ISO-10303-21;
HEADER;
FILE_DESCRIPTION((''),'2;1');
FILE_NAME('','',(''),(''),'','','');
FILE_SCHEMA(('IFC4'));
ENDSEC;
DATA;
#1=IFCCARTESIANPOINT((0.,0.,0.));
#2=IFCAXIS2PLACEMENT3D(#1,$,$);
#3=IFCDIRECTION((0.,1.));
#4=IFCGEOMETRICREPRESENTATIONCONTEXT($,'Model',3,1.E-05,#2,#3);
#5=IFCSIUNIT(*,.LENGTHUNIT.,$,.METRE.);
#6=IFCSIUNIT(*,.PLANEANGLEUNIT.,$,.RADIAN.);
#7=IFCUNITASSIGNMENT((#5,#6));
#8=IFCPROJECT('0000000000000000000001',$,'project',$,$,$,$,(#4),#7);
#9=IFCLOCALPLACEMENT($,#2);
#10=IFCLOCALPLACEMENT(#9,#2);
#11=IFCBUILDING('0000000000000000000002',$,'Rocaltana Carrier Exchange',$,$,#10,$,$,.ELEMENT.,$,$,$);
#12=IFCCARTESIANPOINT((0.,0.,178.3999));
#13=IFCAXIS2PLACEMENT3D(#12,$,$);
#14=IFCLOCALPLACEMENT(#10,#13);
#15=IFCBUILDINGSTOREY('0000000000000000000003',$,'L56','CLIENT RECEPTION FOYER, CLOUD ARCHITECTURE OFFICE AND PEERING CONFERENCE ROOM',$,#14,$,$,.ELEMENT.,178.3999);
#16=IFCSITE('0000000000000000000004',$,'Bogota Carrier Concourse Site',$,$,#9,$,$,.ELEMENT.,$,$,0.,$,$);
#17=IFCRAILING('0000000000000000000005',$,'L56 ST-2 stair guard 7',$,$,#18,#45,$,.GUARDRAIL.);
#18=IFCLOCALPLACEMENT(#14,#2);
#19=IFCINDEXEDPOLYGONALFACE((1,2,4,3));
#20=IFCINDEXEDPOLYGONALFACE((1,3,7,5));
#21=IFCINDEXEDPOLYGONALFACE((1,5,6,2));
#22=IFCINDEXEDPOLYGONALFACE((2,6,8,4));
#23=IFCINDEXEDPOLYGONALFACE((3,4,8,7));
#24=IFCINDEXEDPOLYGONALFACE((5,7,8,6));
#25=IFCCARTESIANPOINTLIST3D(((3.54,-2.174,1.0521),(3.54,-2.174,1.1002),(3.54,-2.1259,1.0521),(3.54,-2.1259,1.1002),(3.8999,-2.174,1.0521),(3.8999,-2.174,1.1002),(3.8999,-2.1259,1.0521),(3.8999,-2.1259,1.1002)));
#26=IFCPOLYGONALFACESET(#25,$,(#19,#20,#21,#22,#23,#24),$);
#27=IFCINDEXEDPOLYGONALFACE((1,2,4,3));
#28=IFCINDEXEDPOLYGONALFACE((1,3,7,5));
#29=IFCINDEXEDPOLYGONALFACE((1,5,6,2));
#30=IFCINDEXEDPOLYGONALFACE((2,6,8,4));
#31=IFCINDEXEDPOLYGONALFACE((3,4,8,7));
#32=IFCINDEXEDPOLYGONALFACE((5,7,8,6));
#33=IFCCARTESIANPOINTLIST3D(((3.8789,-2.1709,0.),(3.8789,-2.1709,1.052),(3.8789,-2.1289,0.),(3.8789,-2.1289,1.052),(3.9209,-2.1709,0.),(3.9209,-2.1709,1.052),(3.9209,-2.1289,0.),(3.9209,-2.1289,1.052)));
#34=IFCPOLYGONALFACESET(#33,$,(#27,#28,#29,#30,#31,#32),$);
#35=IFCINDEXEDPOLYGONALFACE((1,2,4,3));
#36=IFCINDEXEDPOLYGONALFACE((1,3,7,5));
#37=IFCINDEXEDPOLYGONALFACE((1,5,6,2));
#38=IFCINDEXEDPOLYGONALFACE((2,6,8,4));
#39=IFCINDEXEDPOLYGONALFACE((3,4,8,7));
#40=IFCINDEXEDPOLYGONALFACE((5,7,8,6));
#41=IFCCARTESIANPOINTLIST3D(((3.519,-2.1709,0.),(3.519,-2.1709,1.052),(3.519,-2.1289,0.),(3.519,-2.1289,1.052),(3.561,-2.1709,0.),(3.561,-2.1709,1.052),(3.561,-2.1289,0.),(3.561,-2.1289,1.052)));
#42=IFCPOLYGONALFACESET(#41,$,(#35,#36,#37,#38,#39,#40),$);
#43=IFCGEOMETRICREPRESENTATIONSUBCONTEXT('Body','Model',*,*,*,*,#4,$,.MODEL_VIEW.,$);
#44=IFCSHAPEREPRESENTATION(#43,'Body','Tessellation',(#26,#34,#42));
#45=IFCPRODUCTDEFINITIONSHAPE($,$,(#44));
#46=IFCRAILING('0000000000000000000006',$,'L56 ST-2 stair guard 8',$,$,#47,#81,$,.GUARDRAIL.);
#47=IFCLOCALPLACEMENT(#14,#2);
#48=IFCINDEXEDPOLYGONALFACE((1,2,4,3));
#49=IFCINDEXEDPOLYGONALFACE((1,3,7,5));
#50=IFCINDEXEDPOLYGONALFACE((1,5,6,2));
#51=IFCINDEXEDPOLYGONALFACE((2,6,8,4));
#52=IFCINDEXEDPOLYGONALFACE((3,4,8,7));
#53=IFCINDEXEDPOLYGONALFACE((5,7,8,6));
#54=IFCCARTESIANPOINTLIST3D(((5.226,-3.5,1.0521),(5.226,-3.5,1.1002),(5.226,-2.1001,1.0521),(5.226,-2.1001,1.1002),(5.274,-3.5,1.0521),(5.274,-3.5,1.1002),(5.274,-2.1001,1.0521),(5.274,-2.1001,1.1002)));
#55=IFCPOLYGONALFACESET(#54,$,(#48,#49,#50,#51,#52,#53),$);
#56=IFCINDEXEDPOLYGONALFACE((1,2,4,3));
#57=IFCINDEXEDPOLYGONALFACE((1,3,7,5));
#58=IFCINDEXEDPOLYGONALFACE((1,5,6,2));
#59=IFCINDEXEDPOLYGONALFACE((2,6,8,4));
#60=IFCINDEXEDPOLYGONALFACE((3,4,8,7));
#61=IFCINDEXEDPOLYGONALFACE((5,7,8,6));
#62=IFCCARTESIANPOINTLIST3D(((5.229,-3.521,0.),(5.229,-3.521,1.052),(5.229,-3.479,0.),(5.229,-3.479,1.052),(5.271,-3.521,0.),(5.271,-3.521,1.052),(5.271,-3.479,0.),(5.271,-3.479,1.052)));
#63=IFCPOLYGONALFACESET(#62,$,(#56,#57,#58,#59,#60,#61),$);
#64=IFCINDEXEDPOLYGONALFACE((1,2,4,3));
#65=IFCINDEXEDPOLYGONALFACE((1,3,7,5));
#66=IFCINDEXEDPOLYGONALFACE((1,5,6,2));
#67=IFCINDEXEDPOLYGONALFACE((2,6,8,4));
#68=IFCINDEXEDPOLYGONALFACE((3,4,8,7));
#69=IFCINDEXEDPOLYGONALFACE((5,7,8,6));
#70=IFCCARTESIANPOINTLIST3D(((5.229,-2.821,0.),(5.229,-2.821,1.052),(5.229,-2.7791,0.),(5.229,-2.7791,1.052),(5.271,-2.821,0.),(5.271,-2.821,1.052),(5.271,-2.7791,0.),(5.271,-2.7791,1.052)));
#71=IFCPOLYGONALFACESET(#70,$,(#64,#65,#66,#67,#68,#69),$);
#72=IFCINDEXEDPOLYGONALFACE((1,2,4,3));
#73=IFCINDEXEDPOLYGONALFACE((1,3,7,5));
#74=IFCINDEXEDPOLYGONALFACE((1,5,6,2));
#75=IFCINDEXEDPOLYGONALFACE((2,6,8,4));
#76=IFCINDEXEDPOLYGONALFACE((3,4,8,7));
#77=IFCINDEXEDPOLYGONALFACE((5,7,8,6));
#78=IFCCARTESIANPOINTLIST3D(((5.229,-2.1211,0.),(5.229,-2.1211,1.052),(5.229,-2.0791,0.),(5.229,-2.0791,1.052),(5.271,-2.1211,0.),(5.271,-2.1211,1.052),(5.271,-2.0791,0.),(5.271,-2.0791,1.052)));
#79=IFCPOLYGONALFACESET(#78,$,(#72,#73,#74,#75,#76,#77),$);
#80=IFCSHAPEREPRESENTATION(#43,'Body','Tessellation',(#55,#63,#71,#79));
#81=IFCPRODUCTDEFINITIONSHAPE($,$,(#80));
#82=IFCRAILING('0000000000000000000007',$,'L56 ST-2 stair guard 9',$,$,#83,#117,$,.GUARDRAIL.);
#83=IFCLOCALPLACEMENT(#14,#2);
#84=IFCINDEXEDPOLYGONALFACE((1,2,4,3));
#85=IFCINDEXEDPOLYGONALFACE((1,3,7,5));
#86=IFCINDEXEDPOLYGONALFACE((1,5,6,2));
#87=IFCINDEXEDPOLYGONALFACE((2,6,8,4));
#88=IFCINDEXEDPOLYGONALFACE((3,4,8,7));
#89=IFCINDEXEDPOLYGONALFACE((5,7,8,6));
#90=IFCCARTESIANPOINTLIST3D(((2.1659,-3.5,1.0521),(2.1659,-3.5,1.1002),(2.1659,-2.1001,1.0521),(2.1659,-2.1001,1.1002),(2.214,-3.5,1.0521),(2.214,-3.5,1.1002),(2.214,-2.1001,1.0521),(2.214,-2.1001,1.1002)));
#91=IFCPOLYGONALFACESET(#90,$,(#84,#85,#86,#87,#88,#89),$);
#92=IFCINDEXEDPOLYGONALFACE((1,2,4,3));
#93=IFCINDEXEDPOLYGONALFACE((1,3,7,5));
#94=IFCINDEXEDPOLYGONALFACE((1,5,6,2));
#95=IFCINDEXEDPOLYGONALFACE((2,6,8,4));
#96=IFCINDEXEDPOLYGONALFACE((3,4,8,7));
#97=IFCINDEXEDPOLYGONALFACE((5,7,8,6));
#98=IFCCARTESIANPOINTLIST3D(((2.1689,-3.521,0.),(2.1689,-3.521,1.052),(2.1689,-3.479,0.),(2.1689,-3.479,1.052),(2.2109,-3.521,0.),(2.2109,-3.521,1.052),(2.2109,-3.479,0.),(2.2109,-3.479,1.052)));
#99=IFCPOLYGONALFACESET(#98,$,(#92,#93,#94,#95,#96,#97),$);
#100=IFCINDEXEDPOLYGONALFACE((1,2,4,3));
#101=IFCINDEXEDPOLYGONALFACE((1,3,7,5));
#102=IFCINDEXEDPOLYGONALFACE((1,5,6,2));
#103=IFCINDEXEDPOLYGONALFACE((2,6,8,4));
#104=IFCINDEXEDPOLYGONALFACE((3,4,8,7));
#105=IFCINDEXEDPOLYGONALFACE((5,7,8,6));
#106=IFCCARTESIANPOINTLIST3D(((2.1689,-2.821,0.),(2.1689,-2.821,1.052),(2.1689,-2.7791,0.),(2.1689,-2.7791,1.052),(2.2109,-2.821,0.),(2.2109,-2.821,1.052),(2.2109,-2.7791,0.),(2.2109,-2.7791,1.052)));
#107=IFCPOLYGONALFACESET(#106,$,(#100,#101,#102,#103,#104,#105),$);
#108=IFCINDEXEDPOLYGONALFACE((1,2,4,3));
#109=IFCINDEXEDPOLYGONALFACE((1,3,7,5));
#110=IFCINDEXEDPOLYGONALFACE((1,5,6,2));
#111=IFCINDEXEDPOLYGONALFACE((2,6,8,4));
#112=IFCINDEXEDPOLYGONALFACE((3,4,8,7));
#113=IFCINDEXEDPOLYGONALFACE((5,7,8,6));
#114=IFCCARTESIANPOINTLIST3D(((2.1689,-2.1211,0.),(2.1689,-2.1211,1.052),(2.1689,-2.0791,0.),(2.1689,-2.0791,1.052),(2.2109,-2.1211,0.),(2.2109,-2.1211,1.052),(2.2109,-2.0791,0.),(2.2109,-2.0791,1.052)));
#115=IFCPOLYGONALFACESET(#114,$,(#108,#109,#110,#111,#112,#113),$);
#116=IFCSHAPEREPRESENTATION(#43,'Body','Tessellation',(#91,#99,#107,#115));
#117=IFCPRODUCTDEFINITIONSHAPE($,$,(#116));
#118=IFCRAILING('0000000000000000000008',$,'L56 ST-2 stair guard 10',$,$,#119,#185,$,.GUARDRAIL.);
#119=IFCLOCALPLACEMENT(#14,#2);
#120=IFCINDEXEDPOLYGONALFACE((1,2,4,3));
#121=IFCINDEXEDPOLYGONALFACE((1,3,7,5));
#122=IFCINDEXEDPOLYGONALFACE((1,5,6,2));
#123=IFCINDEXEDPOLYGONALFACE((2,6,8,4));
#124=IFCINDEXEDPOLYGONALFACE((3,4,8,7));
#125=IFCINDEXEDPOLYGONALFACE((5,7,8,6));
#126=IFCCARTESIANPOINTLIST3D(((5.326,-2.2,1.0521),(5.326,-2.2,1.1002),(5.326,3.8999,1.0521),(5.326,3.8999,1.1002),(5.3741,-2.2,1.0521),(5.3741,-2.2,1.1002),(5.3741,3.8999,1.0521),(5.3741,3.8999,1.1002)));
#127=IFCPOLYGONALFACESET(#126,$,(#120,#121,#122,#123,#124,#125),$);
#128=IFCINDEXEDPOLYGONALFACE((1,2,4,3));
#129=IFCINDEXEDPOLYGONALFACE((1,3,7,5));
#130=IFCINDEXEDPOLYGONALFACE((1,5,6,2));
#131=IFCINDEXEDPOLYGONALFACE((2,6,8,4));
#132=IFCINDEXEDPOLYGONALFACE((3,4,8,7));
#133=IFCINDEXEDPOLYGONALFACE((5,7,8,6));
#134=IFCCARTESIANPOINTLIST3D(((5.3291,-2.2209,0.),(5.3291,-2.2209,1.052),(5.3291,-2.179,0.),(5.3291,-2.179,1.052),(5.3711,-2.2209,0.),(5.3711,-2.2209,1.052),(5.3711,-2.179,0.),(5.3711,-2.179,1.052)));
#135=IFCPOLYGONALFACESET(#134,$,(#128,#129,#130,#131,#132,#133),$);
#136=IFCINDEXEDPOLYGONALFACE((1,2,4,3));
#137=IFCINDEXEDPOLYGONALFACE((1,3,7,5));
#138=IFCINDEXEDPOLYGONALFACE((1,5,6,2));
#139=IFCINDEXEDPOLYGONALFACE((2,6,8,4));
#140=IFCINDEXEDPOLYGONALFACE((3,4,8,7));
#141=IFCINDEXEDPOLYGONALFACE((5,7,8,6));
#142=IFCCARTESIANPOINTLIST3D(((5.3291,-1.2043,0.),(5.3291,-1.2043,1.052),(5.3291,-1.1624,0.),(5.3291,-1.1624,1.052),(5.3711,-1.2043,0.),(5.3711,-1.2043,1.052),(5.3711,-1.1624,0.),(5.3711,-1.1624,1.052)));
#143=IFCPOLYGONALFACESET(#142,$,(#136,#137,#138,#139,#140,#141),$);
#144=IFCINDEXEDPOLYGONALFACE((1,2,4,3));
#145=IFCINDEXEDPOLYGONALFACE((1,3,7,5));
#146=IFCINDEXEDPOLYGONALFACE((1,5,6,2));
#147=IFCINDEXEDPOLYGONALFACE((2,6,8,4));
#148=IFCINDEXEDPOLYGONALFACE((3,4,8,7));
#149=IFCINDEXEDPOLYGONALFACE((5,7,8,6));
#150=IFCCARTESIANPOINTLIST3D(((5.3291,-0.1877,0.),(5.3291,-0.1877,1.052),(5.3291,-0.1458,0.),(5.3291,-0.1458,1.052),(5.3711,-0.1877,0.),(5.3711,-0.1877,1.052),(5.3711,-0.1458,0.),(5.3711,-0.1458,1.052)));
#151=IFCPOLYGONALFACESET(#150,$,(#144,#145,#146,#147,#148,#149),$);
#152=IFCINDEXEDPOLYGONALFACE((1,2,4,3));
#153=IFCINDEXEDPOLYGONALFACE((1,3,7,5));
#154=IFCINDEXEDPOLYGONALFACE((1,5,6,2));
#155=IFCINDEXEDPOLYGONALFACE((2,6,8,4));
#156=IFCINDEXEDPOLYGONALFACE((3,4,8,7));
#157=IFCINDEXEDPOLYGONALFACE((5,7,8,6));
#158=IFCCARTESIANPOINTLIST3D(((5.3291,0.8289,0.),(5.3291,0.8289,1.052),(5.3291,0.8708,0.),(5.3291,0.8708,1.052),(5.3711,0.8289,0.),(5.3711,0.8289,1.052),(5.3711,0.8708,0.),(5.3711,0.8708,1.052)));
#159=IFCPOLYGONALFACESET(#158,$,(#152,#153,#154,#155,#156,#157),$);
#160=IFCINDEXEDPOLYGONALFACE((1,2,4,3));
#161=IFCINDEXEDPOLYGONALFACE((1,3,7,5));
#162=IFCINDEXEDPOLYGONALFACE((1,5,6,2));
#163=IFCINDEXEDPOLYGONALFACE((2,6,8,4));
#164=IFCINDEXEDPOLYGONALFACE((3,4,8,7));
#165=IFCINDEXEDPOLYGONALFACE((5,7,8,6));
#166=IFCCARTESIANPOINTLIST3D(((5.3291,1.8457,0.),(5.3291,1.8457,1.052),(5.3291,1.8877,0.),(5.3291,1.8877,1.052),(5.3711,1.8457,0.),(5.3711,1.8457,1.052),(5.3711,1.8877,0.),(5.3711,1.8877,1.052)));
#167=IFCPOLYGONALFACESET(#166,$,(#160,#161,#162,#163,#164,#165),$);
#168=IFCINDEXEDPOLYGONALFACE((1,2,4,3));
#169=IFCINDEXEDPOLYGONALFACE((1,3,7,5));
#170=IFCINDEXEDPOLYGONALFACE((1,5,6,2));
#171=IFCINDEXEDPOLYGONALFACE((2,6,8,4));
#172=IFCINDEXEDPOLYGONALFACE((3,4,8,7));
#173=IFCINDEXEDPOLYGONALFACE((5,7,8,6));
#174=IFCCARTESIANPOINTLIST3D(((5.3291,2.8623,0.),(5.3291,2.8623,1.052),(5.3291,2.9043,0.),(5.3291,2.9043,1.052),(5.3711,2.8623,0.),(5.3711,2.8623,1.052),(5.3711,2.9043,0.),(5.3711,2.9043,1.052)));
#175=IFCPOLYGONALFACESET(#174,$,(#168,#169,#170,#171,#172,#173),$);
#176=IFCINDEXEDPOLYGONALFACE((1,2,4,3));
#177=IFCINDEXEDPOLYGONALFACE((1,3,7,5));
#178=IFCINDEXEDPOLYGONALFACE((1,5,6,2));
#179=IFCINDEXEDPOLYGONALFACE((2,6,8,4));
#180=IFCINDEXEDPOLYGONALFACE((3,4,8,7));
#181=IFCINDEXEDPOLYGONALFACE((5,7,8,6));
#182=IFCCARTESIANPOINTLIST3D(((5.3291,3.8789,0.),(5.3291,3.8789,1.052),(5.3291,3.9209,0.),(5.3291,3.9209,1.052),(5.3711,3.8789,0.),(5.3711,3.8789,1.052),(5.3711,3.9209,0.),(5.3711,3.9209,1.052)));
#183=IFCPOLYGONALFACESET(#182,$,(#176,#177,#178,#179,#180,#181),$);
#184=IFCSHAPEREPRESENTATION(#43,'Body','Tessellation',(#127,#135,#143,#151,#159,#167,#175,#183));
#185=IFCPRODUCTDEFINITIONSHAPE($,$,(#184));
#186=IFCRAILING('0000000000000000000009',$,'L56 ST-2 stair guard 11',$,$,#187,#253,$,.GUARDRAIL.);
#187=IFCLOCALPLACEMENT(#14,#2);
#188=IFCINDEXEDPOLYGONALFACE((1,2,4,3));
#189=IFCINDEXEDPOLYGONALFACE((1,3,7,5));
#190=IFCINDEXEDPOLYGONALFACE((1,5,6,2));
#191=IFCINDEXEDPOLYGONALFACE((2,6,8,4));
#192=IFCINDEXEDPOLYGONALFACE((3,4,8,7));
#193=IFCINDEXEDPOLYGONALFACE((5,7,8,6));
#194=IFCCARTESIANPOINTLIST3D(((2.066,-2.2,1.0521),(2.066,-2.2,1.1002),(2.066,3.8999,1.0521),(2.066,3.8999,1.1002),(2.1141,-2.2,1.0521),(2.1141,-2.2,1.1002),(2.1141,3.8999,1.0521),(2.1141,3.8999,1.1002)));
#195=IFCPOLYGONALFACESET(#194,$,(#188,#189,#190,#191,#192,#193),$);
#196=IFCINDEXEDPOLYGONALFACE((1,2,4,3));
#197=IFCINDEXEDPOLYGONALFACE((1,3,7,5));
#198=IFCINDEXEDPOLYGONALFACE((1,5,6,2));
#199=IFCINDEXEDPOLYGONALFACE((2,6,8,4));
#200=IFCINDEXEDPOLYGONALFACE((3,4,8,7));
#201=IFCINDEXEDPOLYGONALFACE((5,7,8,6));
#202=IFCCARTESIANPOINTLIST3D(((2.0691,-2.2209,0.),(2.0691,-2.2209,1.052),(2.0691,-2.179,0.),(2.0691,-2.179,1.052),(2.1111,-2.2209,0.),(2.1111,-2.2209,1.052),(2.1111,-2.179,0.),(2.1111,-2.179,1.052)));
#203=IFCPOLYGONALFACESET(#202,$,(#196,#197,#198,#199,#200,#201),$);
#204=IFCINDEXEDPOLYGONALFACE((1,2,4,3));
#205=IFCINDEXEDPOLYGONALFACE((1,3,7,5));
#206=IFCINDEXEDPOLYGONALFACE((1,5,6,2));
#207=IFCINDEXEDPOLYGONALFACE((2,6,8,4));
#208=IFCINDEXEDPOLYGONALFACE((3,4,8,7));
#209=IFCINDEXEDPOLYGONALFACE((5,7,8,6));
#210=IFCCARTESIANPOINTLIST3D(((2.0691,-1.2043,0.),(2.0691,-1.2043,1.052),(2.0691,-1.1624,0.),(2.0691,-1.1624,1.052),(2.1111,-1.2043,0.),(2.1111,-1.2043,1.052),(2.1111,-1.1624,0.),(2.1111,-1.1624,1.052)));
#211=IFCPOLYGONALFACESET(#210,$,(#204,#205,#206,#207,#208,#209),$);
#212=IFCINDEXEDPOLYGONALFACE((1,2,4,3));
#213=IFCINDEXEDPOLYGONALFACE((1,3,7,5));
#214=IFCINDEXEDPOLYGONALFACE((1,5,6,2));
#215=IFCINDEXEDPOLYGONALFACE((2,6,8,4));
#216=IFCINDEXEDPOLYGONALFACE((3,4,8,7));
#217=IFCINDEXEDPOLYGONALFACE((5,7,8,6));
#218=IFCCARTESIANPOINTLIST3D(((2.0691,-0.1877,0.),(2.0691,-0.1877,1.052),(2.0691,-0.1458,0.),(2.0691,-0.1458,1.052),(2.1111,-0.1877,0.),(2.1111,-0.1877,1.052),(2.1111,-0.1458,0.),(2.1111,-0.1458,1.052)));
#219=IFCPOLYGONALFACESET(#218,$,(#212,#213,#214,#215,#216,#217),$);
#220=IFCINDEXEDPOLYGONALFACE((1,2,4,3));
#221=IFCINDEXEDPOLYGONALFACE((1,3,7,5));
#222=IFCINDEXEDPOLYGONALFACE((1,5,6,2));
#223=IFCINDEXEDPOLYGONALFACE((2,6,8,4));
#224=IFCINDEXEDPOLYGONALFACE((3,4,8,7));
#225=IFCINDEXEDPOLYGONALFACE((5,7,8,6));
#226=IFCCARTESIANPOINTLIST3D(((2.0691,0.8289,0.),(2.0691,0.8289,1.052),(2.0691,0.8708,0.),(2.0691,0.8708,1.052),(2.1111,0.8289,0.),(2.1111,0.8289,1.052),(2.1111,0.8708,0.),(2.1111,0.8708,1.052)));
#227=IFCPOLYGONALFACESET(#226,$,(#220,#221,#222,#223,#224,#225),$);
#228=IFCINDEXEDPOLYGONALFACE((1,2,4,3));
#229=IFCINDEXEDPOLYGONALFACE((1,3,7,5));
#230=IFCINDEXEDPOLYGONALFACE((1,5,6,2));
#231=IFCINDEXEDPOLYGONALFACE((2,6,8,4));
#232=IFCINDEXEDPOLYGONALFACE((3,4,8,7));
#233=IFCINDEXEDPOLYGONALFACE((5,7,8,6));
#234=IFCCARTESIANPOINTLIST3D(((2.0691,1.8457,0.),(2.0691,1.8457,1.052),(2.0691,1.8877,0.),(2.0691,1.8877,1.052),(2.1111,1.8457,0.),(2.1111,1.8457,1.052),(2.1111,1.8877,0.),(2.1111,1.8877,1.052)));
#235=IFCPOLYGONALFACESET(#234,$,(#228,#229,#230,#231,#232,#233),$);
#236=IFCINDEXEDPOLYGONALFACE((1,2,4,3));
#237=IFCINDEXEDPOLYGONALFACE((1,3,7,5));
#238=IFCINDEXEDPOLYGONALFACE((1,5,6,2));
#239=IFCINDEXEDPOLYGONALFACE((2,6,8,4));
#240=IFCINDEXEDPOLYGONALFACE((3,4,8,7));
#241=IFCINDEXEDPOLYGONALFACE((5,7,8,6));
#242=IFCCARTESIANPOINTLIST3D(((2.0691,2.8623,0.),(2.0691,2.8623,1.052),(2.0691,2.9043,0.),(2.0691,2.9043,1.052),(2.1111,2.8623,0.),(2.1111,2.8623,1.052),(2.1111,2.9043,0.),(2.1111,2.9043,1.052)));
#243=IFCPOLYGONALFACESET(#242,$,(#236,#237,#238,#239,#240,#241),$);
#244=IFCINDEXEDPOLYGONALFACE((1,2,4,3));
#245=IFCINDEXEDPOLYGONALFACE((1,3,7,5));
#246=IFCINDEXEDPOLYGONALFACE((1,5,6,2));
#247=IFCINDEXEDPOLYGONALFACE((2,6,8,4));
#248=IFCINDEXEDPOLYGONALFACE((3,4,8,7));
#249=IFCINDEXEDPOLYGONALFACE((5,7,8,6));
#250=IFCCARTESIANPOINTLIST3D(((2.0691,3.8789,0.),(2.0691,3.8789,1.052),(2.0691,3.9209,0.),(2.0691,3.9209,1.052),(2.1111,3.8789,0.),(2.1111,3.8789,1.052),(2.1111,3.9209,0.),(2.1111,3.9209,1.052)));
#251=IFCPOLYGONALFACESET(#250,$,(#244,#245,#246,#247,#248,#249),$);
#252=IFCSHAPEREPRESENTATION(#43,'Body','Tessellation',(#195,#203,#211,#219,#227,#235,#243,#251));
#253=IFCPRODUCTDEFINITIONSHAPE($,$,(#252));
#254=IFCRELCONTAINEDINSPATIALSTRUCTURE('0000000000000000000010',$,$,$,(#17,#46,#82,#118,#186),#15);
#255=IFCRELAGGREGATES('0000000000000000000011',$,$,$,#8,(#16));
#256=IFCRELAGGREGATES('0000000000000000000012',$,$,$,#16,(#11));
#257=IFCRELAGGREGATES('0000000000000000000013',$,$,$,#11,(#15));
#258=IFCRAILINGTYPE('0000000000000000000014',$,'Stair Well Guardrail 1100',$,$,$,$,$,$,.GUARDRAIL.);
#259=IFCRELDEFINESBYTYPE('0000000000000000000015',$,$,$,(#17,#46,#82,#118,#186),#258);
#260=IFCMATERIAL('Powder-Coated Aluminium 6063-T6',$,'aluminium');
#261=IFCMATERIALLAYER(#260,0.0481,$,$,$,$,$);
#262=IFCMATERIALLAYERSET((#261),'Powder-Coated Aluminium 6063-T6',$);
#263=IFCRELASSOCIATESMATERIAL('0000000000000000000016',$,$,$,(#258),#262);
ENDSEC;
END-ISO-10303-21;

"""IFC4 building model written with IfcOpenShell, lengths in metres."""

from ifc_helpers import new_model, si_unit, direction, frame, origin, origin_2d, place, context, subcontext, project, spatial, rectangle, extrude, material, layer, layer_set, type_object, element, save


model = new_model("IFC4")

# Units and contexts
model_context = context("Model", 3, precision=1e-05, world=origin(), true_north=direction((0.0, 1.0)))
body_context = subcontext(model_context, "Body", "Model", "MODEL_VIEW")
ifc_project = project(units=[si_unit("LENGTHUNIT", "METRE"), si_unit("PLANEANGLEUNIT", "RADIAN")], contexts=[model_context])

# Site, building, storey
site_placement = place(None, origin())
site = spatial("IfcSite", under=ifc_project, at=site_placement, Name="Bogota Carrier Concourse Site", CompositionType="ELEMENT", RefElevation=0.0)
building_placement = place(site_placement, origin())
building = spatial("IfcBuilding", under=site, at=building_placement, Name="Rocaltana Carrier Exchange", CompositionType="ELEMENT")
storey_placement = place(building_placement, frame((0.0, 0.0, 178.3999)))
storey = spatial("IfcBuildingStorey", under=building, at=storey_placement, Name="L56", Description="CLIENT RECEPTION FOYER, CLOUD ARCHITECTURE OFFICE AND PEERING CONFERENCE ROOM", CompositionType="ELEMENT", Elevation=178.3999)

# Railings
ifc_material_1 = material(Name="Powder-Coated Aluminium 6063-T6", Category="aluminium")
ifc_layer_1 = layer(ifc_material_1, 0.0481)
ifc_layer_set_1 = layer_set([ifc_layer_1], Name="Powder-Coated Aluminium 6063-T6")
railing_type_1 = type_object("IfcRailingType", Name="Stair Well Guardrail 1100", PredefinedType="GUARDRAIL", material=ifc_layer_set_1)
railing_1_placement = place(storey_placement, frame((3.8999, -2.1499, 0.0)))
element("IfcRailing", 1, at=railing_1_placement, inside=storey, type_object=railing_type_1, Name="L56 ST-2 stair guard 7", PredefinedType="GUARDRAIL", context=body_context, shape_type="SweptSolid", body=[
    extrude(rectangle(XDim=0.0481, YDim=0.0481, at=origin_2d()), frame((0.0, 0.0, 1.0762), z_axis=(-1.0, 0.0, 0.0), x_axis=(0.0, -1.0, 0.0)), (0.0, 0.0, 1.0), 0.3599),
    extrude(rectangle(XDim=0.042, YDim=0.042, at=origin_2d()), origin(), (0.0, 0.0, 1.0), 1.052),
    extrude(rectangle(XDim=0.042, YDim=0.042, at=origin_2d()), frame((-0.3599, 0.0, 0.0)), (0.0, 0.0, 1.0), 1.052),
])
for number, where, name in (
    (2, (5.25, -3.5, 0.0), "L56 ST-2 stair guard 8"),
    (3, (2.1899, -3.5, 0.0), "L56 ST-2 stair guard 9"),
):
    element("IfcRailing", number, at=place(storey_placement, frame(where)), inside=storey, type_object=railing_type_1, Name=name, PredefinedType="GUARDRAIL", context=body_context, shape_type="SweptSolid", body=[
        extrude(rectangle(XDim=0.0481, YDim=0.0481, at=origin_2d()), frame((0.0, 0.0, 1.0762), z_axis=(0.0, 1.0, 0.0), x_axis=(-1.0, 0.0, 0.0)), (0.0, 0.0, 1.0), 1.3999),
        extrude(rectangle(XDim=0.042, YDim=0.042, at=origin_2d()), origin(), (0.0, 0.0, 1.0), 1.052),
        extrude(rectangle(XDim=0.042, YDim=0.042, at=origin_2d()), frame((0.0, 0.7, 0.0)), (0.0, 0.0, 1.0), 1.052),
        extrude(rectangle(XDim=0.042, YDim=0.042, at=origin_2d()), frame((0.0, 1.3999, 0.0)), (0.0, 0.0, 1.0), 1.052),
    ])
for number, where, name in (
    (4, (5.3501, -2.2, 0.0), "L56 ST-2 stair guard 10"),
    (5, (2.0901, -2.2, 0.0), "L56 ST-2 stair guard 11"),
):
    element("IfcRailing", number, at=place(storey_placement, frame(where)), inside=storey, type_object=railing_type_1, Name=name, PredefinedType="GUARDRAIL", context=body_context, shape_type="SweptSolid", body=[
        extrude(rectangle(XDim=0.0481, YDim=0.0481, at=origin_2d()), frame((0.0, 0.0, 1.0762), z_axis=(0.0, 1.0, 0.0), x_axis=(-1.0, 0.0, 0.0)), (0.0, 0.0, 1.0), 6.0999),
        extrude(rectangle(XDim=0.042, YDim=0.042, at=origin_2d()), origin(), (0.0, 0.0, 1.0), 1.052),
        extrude(rectangle(XDim=0.042, YDim=0.042, at=origin_2d()), frame((0.0, 1.0166, 0.0)), (0.0, 0.0, 1.0), 1.052),
        extrude(rectangle(XDim=0.042, YDim=0.042, at=origin_2d()), frame((0.0, 2.0332, 0.0)), (0.0, 0.0, 1.0), 1.052),
        extrude(rectangle(XDim=0.042, YDim=0.042, at=origin_2d()), frame((0.0, 3.0498, 0.0)), (0.0, 0.0, 1.0), 1.052),
        extrude(rectangle(XDim=0.042, YDim=0.042, at=origin_2d()), frame((0.0, 4.0667, 0.0)), (0.0, 0.0, 1.0), 1.052),
        extrude(rectangle(XDim=0.042, YDim=0.042, at=origin_2d()), frame((0.0, 5.0833, 0.0)), (0.0, 0.0, 1.0), 1.052),
        extrude(rectangle(XDim=0.042, YDim=0.042, at=origin_2d()), frame((0.0, 6.0999, 0.0)), (0.0, 0.0, 1.0), 1.052),
    ])

save(model, "model.ifc")
